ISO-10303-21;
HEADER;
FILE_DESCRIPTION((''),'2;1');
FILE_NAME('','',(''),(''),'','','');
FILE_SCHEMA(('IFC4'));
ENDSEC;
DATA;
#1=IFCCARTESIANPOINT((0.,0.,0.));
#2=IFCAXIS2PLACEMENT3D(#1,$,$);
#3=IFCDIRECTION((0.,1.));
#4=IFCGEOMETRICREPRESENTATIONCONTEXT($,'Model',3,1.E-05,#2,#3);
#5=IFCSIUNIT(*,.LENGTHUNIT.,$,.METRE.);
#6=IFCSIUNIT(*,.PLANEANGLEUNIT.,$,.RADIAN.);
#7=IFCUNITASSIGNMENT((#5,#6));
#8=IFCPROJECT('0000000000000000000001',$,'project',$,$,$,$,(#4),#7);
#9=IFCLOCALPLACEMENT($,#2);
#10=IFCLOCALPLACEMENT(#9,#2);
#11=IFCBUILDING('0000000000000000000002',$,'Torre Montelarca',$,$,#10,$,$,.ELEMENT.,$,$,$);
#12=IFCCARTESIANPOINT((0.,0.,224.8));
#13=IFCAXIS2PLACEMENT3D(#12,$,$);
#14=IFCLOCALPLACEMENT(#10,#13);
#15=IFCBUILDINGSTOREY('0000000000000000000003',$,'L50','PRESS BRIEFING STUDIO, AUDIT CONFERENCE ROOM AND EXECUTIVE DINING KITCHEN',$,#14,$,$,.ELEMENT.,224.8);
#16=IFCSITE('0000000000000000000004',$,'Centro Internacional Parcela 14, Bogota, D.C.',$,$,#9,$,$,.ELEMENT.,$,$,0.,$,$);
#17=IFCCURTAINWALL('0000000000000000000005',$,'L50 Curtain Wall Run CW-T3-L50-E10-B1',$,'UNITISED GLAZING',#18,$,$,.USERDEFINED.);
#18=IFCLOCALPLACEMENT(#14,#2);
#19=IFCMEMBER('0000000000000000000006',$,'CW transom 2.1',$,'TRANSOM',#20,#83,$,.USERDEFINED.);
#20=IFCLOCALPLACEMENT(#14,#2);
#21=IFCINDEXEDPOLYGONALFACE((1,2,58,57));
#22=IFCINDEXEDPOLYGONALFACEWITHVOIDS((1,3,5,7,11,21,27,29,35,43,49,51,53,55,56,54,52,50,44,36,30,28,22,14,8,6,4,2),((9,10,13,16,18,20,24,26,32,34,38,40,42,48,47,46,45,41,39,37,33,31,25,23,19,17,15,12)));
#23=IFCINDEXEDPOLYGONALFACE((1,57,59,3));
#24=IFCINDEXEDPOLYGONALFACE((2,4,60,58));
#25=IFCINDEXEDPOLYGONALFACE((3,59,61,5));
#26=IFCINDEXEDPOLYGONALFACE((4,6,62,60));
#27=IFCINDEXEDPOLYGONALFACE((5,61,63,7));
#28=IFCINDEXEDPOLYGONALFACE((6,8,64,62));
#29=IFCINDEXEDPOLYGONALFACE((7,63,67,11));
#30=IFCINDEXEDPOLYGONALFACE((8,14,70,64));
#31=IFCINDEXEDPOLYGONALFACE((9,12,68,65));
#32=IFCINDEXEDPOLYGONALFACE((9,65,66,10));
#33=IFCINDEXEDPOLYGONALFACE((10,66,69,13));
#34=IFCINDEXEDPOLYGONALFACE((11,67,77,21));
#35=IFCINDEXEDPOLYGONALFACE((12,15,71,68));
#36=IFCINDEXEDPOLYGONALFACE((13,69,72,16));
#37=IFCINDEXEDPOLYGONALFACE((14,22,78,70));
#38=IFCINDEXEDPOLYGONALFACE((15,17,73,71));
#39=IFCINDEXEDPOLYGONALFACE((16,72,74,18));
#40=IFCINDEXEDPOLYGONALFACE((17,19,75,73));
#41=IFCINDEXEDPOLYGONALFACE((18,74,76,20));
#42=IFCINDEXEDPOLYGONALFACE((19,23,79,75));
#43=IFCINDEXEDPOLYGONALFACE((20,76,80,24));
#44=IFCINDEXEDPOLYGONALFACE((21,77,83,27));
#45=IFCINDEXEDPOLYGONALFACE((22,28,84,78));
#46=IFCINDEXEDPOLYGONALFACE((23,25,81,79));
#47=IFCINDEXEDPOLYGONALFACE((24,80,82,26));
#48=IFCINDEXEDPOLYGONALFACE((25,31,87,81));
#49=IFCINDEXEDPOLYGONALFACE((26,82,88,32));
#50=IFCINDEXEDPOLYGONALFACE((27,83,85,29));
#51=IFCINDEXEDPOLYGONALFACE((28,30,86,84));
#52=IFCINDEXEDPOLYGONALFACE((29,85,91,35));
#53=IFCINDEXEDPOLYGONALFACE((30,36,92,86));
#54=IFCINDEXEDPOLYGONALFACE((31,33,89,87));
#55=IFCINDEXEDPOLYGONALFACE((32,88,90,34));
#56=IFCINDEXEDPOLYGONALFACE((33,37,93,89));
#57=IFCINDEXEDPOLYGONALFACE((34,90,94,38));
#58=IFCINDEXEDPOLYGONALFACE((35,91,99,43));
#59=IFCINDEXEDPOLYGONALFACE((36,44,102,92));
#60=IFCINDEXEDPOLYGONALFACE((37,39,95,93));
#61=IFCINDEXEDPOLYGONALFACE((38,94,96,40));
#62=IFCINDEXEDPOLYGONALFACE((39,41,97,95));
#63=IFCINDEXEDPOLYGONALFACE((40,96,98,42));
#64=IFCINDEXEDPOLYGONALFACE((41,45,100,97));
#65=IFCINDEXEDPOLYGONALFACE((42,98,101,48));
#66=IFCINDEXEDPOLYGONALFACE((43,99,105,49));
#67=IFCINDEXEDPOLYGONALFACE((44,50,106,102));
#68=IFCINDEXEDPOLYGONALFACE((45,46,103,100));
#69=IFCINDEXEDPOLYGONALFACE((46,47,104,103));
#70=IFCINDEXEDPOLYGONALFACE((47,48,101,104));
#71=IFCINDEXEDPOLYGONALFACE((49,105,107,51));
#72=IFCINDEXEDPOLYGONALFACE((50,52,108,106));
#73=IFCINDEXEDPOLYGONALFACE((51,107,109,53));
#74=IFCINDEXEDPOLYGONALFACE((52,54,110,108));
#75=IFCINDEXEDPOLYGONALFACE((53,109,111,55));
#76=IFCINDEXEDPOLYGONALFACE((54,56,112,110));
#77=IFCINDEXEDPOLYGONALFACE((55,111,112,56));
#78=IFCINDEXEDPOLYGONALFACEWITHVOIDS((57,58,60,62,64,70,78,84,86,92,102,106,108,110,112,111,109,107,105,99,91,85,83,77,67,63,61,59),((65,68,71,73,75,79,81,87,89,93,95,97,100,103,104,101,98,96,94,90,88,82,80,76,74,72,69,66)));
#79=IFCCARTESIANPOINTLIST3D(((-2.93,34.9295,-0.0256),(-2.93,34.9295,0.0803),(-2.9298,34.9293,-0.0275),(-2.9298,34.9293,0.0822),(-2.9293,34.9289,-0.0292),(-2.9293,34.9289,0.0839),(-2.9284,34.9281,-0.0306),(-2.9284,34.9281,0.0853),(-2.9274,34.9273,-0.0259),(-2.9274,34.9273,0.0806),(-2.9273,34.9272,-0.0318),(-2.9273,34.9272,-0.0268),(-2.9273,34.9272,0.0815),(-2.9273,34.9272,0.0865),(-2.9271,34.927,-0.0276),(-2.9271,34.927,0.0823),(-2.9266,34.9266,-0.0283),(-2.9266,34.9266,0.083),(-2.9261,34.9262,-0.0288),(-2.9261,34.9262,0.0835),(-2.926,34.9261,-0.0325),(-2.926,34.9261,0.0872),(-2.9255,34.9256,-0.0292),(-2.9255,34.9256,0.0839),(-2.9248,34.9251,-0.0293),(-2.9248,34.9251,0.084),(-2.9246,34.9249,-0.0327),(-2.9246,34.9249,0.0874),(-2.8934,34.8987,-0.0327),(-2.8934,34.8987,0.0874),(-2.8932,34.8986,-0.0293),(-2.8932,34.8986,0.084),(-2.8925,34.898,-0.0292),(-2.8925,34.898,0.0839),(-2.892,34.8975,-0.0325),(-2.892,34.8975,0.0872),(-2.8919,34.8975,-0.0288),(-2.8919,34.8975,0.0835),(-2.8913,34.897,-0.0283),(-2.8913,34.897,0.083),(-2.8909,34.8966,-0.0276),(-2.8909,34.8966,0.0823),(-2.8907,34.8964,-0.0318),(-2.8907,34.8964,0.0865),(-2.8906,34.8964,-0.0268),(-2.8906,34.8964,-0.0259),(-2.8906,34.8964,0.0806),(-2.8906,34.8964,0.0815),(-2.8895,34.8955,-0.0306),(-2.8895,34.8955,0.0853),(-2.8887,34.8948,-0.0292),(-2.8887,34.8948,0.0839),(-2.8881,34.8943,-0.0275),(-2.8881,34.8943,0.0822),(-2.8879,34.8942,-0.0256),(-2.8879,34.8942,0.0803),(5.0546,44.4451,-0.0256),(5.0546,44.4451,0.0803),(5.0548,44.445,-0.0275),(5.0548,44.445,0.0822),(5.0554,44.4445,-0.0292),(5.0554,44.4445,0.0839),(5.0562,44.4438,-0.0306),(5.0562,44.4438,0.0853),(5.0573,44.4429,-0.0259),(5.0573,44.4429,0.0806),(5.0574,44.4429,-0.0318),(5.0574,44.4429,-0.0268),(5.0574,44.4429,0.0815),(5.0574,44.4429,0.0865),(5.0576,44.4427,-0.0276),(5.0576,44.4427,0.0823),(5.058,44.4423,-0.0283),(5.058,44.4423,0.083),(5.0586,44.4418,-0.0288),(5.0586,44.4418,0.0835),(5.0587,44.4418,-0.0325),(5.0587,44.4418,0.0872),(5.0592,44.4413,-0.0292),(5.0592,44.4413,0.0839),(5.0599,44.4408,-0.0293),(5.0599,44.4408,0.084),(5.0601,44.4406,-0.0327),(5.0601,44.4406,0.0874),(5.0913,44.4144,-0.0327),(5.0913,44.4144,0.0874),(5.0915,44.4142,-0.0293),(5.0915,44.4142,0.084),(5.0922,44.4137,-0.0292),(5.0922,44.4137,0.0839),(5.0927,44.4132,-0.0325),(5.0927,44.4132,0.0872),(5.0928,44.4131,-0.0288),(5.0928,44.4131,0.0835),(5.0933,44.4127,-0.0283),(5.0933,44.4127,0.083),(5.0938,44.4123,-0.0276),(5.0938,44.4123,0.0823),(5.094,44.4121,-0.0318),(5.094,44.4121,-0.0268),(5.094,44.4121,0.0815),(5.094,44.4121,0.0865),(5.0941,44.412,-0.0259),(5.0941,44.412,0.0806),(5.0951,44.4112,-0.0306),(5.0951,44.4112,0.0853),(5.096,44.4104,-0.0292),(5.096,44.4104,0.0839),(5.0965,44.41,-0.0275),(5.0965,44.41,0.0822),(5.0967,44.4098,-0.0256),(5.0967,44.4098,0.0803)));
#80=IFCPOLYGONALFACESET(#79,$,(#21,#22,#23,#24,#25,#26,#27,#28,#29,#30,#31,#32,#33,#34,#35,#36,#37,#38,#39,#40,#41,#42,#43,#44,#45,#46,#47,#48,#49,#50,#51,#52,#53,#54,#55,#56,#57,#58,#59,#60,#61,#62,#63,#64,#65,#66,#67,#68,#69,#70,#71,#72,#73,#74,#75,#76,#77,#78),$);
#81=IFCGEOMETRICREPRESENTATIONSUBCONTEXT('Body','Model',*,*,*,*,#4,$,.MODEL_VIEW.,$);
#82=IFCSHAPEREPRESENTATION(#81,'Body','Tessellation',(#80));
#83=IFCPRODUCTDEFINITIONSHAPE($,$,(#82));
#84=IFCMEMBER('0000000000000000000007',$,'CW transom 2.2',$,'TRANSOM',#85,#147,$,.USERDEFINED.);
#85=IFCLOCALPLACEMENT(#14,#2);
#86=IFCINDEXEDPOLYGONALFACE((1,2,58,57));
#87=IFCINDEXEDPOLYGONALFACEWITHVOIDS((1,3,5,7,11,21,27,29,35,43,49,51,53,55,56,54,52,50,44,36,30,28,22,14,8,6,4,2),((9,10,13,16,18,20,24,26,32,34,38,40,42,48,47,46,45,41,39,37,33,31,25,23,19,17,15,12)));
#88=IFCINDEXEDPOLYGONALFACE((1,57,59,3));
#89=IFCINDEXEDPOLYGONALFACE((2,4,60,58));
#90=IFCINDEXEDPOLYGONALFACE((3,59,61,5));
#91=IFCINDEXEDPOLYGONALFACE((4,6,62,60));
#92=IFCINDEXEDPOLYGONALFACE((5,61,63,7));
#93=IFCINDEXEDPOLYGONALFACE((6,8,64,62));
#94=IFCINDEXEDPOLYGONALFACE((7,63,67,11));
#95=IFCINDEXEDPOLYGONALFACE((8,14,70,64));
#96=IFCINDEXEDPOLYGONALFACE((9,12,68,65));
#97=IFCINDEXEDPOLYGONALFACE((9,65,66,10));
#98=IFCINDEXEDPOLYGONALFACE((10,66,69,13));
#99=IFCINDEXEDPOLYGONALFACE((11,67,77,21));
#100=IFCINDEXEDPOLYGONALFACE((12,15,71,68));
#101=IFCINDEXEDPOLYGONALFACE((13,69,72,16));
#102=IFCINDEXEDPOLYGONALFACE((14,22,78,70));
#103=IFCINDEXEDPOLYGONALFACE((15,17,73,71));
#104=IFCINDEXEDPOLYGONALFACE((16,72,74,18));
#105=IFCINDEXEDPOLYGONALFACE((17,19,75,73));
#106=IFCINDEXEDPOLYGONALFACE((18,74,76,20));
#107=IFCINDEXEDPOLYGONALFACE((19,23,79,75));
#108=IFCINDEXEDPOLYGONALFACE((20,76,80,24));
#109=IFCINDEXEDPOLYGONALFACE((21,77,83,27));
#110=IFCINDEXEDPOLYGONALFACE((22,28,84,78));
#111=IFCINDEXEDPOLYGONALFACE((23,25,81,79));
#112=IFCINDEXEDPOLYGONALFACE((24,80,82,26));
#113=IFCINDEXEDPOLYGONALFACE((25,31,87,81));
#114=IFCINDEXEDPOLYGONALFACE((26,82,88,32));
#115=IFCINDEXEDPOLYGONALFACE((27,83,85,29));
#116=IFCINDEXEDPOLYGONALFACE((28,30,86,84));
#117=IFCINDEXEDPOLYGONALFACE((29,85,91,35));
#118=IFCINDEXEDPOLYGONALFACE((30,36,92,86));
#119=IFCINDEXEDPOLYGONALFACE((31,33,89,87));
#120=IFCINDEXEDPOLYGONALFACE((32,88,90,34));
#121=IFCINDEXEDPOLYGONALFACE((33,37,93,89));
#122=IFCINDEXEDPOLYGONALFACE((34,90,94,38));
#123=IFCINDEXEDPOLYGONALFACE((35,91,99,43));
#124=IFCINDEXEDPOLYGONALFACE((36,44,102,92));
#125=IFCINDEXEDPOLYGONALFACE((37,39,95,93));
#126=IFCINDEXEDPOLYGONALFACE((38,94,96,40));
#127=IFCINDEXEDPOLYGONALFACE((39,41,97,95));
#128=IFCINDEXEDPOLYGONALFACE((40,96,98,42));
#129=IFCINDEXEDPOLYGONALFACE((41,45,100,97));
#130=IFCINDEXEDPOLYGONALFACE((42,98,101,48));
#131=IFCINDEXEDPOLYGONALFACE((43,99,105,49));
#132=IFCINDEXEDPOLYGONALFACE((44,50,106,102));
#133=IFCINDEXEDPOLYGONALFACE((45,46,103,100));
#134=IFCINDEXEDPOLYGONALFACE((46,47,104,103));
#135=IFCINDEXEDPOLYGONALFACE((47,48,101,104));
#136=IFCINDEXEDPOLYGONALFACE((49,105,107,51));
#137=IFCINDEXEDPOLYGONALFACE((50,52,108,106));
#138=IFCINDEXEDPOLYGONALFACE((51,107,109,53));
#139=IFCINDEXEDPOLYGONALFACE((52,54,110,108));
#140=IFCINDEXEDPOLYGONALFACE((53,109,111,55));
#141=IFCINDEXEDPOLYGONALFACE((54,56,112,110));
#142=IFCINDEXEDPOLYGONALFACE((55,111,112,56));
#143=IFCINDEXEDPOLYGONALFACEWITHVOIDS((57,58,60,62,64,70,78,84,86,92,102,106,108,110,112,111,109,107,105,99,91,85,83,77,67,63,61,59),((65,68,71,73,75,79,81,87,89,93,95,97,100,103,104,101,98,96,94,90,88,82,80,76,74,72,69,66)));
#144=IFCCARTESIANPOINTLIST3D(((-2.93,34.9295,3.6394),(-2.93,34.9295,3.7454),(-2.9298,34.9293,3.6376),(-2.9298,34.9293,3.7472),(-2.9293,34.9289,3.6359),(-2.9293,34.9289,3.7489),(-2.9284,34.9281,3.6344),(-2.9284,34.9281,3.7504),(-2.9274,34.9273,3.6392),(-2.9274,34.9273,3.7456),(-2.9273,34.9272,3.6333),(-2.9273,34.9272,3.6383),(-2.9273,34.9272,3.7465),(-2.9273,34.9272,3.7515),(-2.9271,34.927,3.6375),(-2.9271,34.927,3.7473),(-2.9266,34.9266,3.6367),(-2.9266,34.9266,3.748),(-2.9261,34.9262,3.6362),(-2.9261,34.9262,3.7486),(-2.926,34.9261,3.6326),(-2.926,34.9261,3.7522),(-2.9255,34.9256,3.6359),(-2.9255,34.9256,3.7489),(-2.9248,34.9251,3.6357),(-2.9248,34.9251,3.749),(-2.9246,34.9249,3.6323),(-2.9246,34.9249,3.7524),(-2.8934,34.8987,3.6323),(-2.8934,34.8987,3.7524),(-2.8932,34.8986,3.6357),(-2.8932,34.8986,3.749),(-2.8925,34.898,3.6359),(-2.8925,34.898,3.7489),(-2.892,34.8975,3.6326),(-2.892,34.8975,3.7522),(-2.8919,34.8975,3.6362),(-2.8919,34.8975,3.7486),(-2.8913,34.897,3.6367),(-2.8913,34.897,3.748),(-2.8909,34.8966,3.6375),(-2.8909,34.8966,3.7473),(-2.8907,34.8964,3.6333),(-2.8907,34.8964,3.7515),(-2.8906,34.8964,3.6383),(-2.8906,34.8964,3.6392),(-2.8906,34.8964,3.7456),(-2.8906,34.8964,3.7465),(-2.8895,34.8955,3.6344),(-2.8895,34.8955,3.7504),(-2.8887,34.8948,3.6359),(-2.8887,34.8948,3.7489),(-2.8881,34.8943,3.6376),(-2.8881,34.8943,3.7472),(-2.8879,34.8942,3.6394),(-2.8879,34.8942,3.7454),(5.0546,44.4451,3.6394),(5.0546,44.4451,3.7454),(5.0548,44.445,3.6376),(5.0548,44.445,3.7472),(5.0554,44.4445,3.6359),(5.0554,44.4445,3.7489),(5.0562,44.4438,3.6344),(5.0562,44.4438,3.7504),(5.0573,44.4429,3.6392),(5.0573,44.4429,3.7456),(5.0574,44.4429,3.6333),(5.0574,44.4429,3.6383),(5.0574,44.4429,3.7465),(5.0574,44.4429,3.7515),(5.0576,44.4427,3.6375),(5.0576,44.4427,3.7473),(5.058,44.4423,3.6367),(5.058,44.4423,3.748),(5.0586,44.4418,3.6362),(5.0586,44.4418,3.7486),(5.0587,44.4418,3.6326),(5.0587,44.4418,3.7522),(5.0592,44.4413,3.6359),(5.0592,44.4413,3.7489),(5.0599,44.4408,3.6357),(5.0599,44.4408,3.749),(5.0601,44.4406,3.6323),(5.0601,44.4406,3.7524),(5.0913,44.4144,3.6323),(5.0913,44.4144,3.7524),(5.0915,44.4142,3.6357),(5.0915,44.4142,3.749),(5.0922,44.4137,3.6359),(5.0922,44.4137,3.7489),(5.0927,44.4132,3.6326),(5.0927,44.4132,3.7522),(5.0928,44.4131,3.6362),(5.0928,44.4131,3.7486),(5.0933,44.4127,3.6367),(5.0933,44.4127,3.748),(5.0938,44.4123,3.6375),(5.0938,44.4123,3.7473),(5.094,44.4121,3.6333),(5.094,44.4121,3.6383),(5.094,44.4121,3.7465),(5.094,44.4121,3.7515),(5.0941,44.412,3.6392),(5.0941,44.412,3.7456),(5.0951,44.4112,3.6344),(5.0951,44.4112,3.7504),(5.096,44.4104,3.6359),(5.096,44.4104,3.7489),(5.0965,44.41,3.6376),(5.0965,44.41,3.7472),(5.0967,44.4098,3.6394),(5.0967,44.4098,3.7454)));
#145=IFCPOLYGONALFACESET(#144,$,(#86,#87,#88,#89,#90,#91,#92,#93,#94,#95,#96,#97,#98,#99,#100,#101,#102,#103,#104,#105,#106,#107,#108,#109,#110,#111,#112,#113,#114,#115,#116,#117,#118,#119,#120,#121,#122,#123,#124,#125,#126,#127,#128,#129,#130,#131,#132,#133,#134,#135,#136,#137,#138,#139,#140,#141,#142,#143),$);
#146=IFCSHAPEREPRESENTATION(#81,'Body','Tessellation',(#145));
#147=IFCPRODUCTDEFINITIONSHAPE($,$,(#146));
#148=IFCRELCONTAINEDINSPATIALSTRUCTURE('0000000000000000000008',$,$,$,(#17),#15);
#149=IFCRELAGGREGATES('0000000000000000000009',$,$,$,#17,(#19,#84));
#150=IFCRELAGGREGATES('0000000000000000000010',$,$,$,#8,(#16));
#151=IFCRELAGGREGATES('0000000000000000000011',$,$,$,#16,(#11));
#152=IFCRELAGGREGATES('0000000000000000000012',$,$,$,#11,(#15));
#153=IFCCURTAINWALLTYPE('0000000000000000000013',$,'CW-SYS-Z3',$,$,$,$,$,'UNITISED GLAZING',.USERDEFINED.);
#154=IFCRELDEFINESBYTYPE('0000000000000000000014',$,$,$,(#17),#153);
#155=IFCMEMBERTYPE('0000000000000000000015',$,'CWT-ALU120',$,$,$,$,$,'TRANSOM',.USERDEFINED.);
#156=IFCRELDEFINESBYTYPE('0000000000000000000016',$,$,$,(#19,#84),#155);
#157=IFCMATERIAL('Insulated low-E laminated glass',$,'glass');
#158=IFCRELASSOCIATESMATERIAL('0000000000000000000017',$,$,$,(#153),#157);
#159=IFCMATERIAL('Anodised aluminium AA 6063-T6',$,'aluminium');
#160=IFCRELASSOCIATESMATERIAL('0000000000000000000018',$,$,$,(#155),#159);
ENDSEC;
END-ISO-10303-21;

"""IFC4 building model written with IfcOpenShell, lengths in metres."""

from ifc_helpers import new_model, si_unit, direction, frame, origin, origin_2d, place, context, subcontext, project, spatial, hollow_rectangle, extrude, source, transform, mapped, material, material_profile, profile_set, type_object, element, aggregate, save


model = new_model("IFC4")

# Units and contexts
model_context = context("Model", 3, precision=1e-05, world=origin(), true_north=direction((0.0, 1.0)))
body_context = subcontext(model_context, "Body", "Model", "MODEL_VIEW")
ifc_project = project(units=[si_unit("LENGTHUNIT", "METRE"), si_unit("PLANEANGLEUNIT", "RADIAN")], contexts=[model_context])

# Site, building, storey
site_placement = place(None, origin())
site = spatial("IfcSite", under=ifc_project, at=site_placement, Name="Centro Internacional Parcela 14, Bogota, D.C.", CompositionType="ELEMENT", RefElevation=0.0)
building_placement = place(site_placement, origin())
building = spatial("IfcBuilding", under=site, at=building_placement, Name="Torre Montelarca", CompositionType="ELEMENT")
storey_placement = place(building_placement, frame((0.0, 0.0, 224.8)))
storey = spatial("IfcBuildingStorey", under=building, at=storey_placement, Name="L50", Description="PRESS BRIEFING STUDIO, AUDIT CONFERENCE ROOM AND EXECUTIVE DINING KITCHEN", CompositionType="ELEMENT", Elevation=224.8)

# Curtain wall, members
ifc_material_1 = material(Name="Insulated low-E laminated glass", Category="glass")
curtain_wall_type = type_object("IfcCurtainWallType", Name="CW-SYS-Z3", ElementType="UNITISED GLAZING", PredefinedType="USERDEFINED", material=ifc_material_1)
ifc_material_2 = material(Name="Anodised aluminium AA 6063-T6", Category="aluminium")
ifc_material_profile_1 = material_profile(ifc_material_2, hollow_rectangle(XDim=0.0549, YDim=0.1201, WallThickness=0.0034, InnerFilletRadius=0.0034, OuterFilletRadius=0.0071, at=origin_2d()), Name="ALU55X120X3.5", Category="aluminium")
ifc_profile_set_1 = profile_set([ifc_material_profile_1], Name="Anodised aluminium AA 6063-T6")
member_type_1 = type_object("IfcMemberType", Name="CWT-ALU120", ElementType="TRANSOM", PredefinedType="USERDEFINED", material=ifc_profile_set_1)
curtain_wall_1_placement = place(storey_placement, origin())
curtain_wall_1 = element("IfcCurtainWall", 1, at=curtain_wall_1_placement, inside=storey, type_object=curtain_wall_type, Name="L50 Curtain Wall Run CW-T3-L50-E10-B1", ObjectType="UNITISED GLAZING", PredefinedType="USERDEFINED")
shared_shape_1 = source(origin(), body_context, "Body", "SweptSolid", [
    extrude(hollow_rectangle(XDim=0.0549, YDim=0.1201, WallThickness=0.0034, InnerFilletRadius=0.0034, OuterFilletRadius=0.0071, at=origin_2d()), origin(), (0.0, 0.0, 1.0), 12.4219),
])
member_1_placement = place(storey_placement, frame((5.0757, 44.4275, 0.0273), z_axis=(-0.642791, -0.766042, 0.0), x_axis=(0.766042, -0.642791, 0.0)))
member_1 = element("IfcMember", 2, at=member_1_placement, type_object=member_type_1, Name="CW transom 2.1", ObjectType="TRANSOM", PredefinedType="USERDEFINED", context=body_context, shape_type="MappedRepresentation", body=[
    mapped(shared_shape_1, transform((0.0, 0.0, 0.0), scale=1.0)),
])
member_2_placement = place(storey_placement, frame((5.0757, 44.4275, 3.6924), z_axis=(-0.642791, -0.766042, 0.0), x_axis=(0.766042, -0.642791, 0.0)))
member_2 = element("IfcMember", 3, at=member_2_placement, type_object=member_type_1, Name="CW transom 2.2", ObjectType="TRANSOM", PredefinedType="USERDEFINED", context=body_context, shape_type="MappedRepresentation", body=[
    mapped(shared_shape_1, transform((0.0, 0.0, 0.0), scale=1.0)),
])

aggregate(curtain_wall_1, [member_1, member_2])

save(model, "model.ifc")
